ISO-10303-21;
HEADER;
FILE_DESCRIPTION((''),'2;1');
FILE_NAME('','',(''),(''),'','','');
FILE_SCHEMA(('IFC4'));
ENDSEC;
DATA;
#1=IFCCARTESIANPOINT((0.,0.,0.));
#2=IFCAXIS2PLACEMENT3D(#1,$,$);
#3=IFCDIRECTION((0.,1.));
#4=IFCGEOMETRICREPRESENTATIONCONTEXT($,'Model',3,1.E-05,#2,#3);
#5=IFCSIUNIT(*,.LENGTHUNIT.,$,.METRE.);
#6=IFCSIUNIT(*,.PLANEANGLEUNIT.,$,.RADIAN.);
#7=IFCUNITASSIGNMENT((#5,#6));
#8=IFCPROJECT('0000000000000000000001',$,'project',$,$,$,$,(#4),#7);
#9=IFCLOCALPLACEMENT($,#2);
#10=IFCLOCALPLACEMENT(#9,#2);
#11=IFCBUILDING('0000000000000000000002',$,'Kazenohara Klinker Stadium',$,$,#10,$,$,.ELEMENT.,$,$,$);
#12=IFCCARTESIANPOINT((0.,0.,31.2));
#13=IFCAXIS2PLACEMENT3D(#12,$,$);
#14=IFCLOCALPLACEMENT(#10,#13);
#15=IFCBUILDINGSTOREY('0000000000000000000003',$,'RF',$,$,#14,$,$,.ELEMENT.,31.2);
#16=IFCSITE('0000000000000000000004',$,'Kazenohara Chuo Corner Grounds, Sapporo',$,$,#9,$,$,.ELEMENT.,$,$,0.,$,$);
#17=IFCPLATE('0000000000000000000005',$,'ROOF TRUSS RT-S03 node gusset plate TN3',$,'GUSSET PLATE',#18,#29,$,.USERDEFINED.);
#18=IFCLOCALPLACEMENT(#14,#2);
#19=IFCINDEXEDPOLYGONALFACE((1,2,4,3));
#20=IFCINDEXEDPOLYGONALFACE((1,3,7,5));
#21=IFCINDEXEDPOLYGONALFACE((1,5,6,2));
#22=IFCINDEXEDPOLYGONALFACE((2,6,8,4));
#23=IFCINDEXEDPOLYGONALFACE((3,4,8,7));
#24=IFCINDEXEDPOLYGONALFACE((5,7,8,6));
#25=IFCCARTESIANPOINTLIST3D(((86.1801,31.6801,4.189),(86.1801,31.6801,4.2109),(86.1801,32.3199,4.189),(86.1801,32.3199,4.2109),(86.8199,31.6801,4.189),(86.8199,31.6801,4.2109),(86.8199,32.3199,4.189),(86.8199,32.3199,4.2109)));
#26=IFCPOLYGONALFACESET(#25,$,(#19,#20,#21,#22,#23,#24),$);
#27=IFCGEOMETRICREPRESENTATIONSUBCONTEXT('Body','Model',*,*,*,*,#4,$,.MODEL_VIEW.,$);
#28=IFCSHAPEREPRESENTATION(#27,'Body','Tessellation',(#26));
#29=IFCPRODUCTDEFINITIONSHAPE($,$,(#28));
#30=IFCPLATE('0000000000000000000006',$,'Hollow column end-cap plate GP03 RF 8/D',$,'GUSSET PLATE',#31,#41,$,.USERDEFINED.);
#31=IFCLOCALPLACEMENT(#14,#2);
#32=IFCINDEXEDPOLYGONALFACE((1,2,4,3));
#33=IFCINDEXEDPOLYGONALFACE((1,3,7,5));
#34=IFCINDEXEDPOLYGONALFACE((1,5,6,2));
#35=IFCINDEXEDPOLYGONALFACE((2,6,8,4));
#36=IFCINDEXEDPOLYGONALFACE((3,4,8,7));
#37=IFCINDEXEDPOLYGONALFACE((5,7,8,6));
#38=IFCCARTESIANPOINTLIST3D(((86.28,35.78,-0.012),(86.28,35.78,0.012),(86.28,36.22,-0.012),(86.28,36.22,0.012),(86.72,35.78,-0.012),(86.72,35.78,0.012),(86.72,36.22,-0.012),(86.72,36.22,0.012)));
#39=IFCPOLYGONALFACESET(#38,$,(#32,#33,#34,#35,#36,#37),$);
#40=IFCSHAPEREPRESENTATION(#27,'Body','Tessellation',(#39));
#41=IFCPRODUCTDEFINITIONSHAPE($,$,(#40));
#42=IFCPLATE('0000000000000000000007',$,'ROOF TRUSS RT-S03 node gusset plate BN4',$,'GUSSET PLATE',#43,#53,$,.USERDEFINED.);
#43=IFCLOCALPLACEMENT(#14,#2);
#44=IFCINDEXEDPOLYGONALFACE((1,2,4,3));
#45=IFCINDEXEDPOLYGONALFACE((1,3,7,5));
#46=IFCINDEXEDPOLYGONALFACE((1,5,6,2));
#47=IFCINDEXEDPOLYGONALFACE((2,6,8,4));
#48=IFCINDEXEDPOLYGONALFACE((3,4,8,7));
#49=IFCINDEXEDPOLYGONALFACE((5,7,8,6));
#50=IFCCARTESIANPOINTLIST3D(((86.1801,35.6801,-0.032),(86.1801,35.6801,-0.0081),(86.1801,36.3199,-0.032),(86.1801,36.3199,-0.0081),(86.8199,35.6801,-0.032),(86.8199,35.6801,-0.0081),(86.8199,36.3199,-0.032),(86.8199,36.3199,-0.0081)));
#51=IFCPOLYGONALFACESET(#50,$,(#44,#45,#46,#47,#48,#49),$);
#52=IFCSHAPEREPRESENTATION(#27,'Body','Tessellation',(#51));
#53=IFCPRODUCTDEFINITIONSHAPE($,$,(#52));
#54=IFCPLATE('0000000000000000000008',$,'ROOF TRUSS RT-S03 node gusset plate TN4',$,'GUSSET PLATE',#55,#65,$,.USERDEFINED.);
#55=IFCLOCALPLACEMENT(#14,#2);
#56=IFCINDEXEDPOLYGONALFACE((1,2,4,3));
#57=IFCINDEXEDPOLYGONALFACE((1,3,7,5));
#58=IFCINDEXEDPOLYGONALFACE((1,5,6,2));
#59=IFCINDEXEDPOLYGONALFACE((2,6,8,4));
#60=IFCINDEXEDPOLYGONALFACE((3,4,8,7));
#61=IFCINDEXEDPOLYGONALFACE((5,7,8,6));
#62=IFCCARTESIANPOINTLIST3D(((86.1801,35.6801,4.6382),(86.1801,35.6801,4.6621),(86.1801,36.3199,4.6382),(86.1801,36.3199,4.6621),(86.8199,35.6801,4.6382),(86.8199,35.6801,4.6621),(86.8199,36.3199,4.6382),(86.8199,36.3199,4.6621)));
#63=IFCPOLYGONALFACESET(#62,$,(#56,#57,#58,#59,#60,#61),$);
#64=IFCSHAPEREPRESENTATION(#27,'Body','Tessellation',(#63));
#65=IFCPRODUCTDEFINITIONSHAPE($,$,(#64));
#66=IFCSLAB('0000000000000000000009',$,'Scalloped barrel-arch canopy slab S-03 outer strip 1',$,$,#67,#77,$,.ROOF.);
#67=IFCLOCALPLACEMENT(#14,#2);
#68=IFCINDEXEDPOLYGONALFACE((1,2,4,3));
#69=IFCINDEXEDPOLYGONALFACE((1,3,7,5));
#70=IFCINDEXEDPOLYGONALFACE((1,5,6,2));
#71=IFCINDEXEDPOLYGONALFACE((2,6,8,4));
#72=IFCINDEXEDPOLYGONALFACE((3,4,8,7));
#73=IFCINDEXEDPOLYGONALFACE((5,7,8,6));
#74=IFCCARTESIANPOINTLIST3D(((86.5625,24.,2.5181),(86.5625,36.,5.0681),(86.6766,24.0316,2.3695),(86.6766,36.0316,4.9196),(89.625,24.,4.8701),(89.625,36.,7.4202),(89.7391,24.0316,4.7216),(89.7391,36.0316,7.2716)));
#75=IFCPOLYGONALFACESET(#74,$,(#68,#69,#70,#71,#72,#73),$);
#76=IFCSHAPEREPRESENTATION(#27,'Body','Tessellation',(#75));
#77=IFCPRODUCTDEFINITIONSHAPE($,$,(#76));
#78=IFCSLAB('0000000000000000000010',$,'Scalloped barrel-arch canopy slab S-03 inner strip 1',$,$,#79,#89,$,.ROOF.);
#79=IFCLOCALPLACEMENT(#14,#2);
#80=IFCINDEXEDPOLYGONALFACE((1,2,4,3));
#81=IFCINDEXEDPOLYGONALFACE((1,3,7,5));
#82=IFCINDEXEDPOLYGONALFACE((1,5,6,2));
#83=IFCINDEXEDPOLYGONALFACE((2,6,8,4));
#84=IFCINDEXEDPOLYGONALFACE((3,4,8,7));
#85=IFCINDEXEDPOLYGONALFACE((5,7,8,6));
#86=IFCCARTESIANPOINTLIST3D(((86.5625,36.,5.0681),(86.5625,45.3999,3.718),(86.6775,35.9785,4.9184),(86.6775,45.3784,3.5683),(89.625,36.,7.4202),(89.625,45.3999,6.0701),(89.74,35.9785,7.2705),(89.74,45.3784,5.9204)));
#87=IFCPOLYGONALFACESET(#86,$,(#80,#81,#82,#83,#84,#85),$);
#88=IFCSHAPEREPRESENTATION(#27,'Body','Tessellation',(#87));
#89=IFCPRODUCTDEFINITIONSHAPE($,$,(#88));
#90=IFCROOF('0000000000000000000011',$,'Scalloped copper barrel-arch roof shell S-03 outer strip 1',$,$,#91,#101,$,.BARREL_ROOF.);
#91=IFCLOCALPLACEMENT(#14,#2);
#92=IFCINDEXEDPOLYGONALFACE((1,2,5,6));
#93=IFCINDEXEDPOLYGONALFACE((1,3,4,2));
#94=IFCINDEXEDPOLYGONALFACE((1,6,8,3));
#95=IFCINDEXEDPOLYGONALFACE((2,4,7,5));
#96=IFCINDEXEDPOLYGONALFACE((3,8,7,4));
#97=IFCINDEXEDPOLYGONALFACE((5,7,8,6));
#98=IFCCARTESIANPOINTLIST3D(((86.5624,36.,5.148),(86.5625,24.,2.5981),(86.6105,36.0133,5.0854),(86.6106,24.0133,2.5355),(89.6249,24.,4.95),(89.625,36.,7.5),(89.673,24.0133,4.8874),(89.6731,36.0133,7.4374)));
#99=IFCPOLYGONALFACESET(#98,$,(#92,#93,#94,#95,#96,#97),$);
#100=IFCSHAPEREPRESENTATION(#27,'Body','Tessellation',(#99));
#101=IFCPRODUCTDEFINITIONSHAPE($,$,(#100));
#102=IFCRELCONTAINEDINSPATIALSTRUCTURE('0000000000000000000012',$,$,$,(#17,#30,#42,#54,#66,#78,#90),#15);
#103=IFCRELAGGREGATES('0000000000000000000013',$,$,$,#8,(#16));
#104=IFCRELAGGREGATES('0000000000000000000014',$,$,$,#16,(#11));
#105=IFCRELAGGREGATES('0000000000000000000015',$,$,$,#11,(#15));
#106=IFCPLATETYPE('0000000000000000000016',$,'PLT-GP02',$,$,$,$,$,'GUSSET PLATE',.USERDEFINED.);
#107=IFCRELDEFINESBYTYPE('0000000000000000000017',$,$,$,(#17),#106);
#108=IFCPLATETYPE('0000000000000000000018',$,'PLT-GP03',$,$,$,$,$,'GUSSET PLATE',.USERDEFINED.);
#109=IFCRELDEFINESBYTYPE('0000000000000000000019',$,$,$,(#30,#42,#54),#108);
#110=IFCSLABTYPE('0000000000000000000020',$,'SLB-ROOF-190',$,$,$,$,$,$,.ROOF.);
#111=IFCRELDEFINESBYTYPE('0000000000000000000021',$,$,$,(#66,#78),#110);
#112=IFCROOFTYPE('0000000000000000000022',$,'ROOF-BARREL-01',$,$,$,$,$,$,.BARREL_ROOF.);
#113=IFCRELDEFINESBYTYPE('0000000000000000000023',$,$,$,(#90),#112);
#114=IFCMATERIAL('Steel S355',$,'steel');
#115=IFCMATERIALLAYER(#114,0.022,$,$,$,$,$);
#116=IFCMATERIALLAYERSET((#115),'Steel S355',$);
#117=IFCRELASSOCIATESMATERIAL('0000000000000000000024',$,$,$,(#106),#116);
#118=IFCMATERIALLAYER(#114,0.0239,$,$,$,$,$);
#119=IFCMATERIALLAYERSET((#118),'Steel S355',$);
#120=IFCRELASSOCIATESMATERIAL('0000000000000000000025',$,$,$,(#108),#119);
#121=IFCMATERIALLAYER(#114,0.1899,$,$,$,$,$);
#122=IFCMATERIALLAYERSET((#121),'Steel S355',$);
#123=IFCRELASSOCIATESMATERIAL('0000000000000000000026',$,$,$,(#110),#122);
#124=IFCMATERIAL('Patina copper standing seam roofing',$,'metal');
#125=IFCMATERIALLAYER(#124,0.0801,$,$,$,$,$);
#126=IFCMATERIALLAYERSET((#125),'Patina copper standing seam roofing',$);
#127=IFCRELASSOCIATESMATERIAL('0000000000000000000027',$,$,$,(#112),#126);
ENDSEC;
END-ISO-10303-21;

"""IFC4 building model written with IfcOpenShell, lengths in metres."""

from ifc_helpers import new_model, si_unit, direction, frame, origin, origin_2d, place, context, subcontext, project, spatial, polyline, rectangle, outline, extrude, material, layer, layer_set, type_object, element, save


model = new_model("IFC4")

# Units and contexts
model_context = context("Model", 3, precision=1e-05, world=origin(), true_north=direction((0.0, 1.0)))
body_context = subcontext(model_context, "Body", "Model", "MODEL_VIEW")
ifc_project = project(units=[si_unit("LENGTHUNIT", "METRE"), si_unit("PLANEANGLEUNIT", "RADIAN")], contexts=[model_context])

# Site, building, storey
site_placement = place(None, origin())
site = spatial("IfcSite", under=ifc_project, at=site_placement, Name="Kazenohara Chuo Corner Grounds, Sapporo", CompositionType="ELEMENT", RefElevation=0.0)
building_placement = place(site_placement, origin())
building = spatial("IfcBuilding", under=site, at=building_placement, Name="Kazenohara Klinker Stadium", CompositionType="ELEMENT")
storey_placement = place(building_placement, frame((0.0, 0.0, 31.2)))
storey = spatial("IfcBuildingStorey", under=building, at=storey_placement, Name="RF", CompositionType="ELEMENT", Elevation=31.2)

# Shared definitions
ifc_material_1 = material(Name="Steel S355", Category="steel")

# Plates
ifc_layer_1 = layer(ifc_material_1, 0.022)
ifc_layer_set_1 = layer_set([ifc_layer_1], Name="Steel S355")
plate_type_1 = type_object("IfcPlateType", Name="PLT-GP02", ElementType="GUSSET PLATE", PredefinedType="USERDEFINED", material=ifc_layer_set_1)
for number, where, z_axis, x_axis, name in (
    (1, (86.5, 32.0, 4.189), (0.0, 0.0, 1.0), (1.0, 0.0, 0.0), "ROOF TRUSS RT-S03 node gusset plate TN3"),
):
    element("IfcPlate", number, at=place(storey_placement, frame(where, z_axis=z_axis, x_axis=x_axis)), inside=storey, type_object=plate_type_1, Name=name, ObjectType="GUSSET PLATE", PredefinedType="USERDEFINED", context=body_context, shape_type="SweptSolid", body=[
        extrude(rectangle(XDim=0.6399, YDim=0.6399, at=origin_2d()), origin(), (0.0, 0.0, 1.0), 0.022),
    ])
ifc_layer_2 = layer(ifc_material_1, 0.0239)
ifc_layer_set_2 = layer_set([ifc_layer_2], Name="Steel S355")
plate_type_2 = type_object("IfcPlateType", Name="PLT-GP03", ElementType="GUSSET PLATE", PredefinedType="USERDEFINED", material=ifc_layer_set_2)
plate_placement = place(storey_placement, frame((86.5, 36.0, -0.012), z_axis=(0.0, 0.0, 1.0), x_axis=(1.0, 0.0, 0.0)))
element("IfcPlate", 2, at=plate_placement, inside=storey, type_object=plate_type_2, Name="Hollow column end-cap plate GP03 RF 8/D", ObjectType="GUSSET PLATE", PredefinedType="USERDEFINED", context=body_context, shape_type="SweptSolid", body=[
    extrude(rectangle(XDim=0.4399, YDim=0.4399, at=origin_2d()), origin(), (0.0, 0.0, 1.0), 0.0239),
])
for number, where, z_axis, x_axis, name in (
    (3, (86.5, 36.0, -0.032), (0.0, 0.0, 1.0), (1.0, 0.0, 0.0), "ROOF TRUSS RT-S03 node gusset plate BN4"),
    (4, (86.5, 36.0, 4.6382), (0.0, 0.0, 1.0), (1.0, 0.0, 0.0), "ROOF TRUSS RT-S03 node gusset plate TN4"),
):
    element("IfcPlate", number, at=place(storey_placement, frame(where, z_axis=z_axis, x_axis=x_axis)), inside=storey, type_object=plate_type_2, Name=name, ObjectType="GUSSET PLATE", PredefinedType="USERDEFINED", context=body_context, shape_type="SweptSolid", body=[
        extrude(rectangle(XDim=0.6399, YDim=0.6399, at=origin_2d()), origin(), (0.0, 0.0, 1.0), 0.0239),
    ])

# Slabs
ifc_layer_3 = layer(ifc_material_1, 0.1899)
ifc_layer_set_3 = layer_set([ifc_layer_3], Name="Steel S355")
slab_type = type_object("IfcSlabType", Name="SLB-ROOF-190", PredefinedType="ROOF", material=ifc_layer_set_3)
slab_1_placement = place(storey_placement, frame((86.5625, 24.0, 2.5181), z_axis=(-0.600635, -0.166191, 0.78206), x_axis=(0.0, 0.978158, 0.207863)))
element("IfcSlab", 5, at=slab_1_placement, inside=storey, type_object=slab_type, Name="Scalloped barrel-arch canopy slab S-03 outer strip 1", PredefinedType="ROOF", context=body_context, shape_type="SweptSolid", body=[
    extrude(outline(polyline([(0.0, 0.0), (12.268, 0.0), (12.7569, -3.8304), (0.4889, -3.8304), (0.0, 0.0)])), origin(), (0.0, 0.0, -1.0), 0.1899),
])
slab_2_placement = place(storey_placement, frame((86.5625, 36.0, 5.0681), z_axis=(-0.605192, 0.113179, 0.787993), x_axis=(0.0, 0.989842, -0.14217)))
element("IfcSlab", 6, at=slab_2_placement, inside=storey, type_object=slab_type, Name="Scalloped barrel-arch canopy slab S-03 inner strip 1", PredefinedType="ROOF", context=body_context, shape_type="SweptSolid", body=[
    extrude(outline(polyline([(0.0, 0.0), (9.4964, 0.0), (9.162, -3.847), (-0.3344, -3.847), (0.0, 0.0)])), origin(), (0.0, 0.0, -1.0), 0.1899),
])

# Roof
ifc_material_2 = material(Name="Patina copper standing seam roofing", Category="metal")
ifc_layer_4 = layer(ifc_material_2, 0.0801)
ifc_layer_set_4 = layer_set([ifc_layer_4], Name="Patina copper standing seam roofing")
roof_type = type_object("IfcRoofType", Name="ROOF-BARREL-01", PredefinedType="BARREL_ROOF", material=ifc_layer_set_4)
roof_placement = place(storey_placement, frame((86.5625, 24.0, 2.5981), z_axis=(-0.600616, -0.166186, 0.782076), x_axis=(-0.000005, 0.978161, 0.20785)))
element("IfcRoof", 7, at=roof_placement, inside=storey, type_object=roof_type, Name="Scalloped copper barrel-arch roof shell S-03 outer strip 1", PredefinedType="BARREL_ROOF", context=body_context, shape_type="SweptSolid", body=[
    extrude(outline(polyline([(0.0, 0.0), (12.2679, 0.0), (12.7568, -3.8304), (0.4888, -3.8303), (0.0, 0.0)])), origin(), (0.0, 0.0, -1.0), 0.0801),
])

save(model, "model.ifc")
